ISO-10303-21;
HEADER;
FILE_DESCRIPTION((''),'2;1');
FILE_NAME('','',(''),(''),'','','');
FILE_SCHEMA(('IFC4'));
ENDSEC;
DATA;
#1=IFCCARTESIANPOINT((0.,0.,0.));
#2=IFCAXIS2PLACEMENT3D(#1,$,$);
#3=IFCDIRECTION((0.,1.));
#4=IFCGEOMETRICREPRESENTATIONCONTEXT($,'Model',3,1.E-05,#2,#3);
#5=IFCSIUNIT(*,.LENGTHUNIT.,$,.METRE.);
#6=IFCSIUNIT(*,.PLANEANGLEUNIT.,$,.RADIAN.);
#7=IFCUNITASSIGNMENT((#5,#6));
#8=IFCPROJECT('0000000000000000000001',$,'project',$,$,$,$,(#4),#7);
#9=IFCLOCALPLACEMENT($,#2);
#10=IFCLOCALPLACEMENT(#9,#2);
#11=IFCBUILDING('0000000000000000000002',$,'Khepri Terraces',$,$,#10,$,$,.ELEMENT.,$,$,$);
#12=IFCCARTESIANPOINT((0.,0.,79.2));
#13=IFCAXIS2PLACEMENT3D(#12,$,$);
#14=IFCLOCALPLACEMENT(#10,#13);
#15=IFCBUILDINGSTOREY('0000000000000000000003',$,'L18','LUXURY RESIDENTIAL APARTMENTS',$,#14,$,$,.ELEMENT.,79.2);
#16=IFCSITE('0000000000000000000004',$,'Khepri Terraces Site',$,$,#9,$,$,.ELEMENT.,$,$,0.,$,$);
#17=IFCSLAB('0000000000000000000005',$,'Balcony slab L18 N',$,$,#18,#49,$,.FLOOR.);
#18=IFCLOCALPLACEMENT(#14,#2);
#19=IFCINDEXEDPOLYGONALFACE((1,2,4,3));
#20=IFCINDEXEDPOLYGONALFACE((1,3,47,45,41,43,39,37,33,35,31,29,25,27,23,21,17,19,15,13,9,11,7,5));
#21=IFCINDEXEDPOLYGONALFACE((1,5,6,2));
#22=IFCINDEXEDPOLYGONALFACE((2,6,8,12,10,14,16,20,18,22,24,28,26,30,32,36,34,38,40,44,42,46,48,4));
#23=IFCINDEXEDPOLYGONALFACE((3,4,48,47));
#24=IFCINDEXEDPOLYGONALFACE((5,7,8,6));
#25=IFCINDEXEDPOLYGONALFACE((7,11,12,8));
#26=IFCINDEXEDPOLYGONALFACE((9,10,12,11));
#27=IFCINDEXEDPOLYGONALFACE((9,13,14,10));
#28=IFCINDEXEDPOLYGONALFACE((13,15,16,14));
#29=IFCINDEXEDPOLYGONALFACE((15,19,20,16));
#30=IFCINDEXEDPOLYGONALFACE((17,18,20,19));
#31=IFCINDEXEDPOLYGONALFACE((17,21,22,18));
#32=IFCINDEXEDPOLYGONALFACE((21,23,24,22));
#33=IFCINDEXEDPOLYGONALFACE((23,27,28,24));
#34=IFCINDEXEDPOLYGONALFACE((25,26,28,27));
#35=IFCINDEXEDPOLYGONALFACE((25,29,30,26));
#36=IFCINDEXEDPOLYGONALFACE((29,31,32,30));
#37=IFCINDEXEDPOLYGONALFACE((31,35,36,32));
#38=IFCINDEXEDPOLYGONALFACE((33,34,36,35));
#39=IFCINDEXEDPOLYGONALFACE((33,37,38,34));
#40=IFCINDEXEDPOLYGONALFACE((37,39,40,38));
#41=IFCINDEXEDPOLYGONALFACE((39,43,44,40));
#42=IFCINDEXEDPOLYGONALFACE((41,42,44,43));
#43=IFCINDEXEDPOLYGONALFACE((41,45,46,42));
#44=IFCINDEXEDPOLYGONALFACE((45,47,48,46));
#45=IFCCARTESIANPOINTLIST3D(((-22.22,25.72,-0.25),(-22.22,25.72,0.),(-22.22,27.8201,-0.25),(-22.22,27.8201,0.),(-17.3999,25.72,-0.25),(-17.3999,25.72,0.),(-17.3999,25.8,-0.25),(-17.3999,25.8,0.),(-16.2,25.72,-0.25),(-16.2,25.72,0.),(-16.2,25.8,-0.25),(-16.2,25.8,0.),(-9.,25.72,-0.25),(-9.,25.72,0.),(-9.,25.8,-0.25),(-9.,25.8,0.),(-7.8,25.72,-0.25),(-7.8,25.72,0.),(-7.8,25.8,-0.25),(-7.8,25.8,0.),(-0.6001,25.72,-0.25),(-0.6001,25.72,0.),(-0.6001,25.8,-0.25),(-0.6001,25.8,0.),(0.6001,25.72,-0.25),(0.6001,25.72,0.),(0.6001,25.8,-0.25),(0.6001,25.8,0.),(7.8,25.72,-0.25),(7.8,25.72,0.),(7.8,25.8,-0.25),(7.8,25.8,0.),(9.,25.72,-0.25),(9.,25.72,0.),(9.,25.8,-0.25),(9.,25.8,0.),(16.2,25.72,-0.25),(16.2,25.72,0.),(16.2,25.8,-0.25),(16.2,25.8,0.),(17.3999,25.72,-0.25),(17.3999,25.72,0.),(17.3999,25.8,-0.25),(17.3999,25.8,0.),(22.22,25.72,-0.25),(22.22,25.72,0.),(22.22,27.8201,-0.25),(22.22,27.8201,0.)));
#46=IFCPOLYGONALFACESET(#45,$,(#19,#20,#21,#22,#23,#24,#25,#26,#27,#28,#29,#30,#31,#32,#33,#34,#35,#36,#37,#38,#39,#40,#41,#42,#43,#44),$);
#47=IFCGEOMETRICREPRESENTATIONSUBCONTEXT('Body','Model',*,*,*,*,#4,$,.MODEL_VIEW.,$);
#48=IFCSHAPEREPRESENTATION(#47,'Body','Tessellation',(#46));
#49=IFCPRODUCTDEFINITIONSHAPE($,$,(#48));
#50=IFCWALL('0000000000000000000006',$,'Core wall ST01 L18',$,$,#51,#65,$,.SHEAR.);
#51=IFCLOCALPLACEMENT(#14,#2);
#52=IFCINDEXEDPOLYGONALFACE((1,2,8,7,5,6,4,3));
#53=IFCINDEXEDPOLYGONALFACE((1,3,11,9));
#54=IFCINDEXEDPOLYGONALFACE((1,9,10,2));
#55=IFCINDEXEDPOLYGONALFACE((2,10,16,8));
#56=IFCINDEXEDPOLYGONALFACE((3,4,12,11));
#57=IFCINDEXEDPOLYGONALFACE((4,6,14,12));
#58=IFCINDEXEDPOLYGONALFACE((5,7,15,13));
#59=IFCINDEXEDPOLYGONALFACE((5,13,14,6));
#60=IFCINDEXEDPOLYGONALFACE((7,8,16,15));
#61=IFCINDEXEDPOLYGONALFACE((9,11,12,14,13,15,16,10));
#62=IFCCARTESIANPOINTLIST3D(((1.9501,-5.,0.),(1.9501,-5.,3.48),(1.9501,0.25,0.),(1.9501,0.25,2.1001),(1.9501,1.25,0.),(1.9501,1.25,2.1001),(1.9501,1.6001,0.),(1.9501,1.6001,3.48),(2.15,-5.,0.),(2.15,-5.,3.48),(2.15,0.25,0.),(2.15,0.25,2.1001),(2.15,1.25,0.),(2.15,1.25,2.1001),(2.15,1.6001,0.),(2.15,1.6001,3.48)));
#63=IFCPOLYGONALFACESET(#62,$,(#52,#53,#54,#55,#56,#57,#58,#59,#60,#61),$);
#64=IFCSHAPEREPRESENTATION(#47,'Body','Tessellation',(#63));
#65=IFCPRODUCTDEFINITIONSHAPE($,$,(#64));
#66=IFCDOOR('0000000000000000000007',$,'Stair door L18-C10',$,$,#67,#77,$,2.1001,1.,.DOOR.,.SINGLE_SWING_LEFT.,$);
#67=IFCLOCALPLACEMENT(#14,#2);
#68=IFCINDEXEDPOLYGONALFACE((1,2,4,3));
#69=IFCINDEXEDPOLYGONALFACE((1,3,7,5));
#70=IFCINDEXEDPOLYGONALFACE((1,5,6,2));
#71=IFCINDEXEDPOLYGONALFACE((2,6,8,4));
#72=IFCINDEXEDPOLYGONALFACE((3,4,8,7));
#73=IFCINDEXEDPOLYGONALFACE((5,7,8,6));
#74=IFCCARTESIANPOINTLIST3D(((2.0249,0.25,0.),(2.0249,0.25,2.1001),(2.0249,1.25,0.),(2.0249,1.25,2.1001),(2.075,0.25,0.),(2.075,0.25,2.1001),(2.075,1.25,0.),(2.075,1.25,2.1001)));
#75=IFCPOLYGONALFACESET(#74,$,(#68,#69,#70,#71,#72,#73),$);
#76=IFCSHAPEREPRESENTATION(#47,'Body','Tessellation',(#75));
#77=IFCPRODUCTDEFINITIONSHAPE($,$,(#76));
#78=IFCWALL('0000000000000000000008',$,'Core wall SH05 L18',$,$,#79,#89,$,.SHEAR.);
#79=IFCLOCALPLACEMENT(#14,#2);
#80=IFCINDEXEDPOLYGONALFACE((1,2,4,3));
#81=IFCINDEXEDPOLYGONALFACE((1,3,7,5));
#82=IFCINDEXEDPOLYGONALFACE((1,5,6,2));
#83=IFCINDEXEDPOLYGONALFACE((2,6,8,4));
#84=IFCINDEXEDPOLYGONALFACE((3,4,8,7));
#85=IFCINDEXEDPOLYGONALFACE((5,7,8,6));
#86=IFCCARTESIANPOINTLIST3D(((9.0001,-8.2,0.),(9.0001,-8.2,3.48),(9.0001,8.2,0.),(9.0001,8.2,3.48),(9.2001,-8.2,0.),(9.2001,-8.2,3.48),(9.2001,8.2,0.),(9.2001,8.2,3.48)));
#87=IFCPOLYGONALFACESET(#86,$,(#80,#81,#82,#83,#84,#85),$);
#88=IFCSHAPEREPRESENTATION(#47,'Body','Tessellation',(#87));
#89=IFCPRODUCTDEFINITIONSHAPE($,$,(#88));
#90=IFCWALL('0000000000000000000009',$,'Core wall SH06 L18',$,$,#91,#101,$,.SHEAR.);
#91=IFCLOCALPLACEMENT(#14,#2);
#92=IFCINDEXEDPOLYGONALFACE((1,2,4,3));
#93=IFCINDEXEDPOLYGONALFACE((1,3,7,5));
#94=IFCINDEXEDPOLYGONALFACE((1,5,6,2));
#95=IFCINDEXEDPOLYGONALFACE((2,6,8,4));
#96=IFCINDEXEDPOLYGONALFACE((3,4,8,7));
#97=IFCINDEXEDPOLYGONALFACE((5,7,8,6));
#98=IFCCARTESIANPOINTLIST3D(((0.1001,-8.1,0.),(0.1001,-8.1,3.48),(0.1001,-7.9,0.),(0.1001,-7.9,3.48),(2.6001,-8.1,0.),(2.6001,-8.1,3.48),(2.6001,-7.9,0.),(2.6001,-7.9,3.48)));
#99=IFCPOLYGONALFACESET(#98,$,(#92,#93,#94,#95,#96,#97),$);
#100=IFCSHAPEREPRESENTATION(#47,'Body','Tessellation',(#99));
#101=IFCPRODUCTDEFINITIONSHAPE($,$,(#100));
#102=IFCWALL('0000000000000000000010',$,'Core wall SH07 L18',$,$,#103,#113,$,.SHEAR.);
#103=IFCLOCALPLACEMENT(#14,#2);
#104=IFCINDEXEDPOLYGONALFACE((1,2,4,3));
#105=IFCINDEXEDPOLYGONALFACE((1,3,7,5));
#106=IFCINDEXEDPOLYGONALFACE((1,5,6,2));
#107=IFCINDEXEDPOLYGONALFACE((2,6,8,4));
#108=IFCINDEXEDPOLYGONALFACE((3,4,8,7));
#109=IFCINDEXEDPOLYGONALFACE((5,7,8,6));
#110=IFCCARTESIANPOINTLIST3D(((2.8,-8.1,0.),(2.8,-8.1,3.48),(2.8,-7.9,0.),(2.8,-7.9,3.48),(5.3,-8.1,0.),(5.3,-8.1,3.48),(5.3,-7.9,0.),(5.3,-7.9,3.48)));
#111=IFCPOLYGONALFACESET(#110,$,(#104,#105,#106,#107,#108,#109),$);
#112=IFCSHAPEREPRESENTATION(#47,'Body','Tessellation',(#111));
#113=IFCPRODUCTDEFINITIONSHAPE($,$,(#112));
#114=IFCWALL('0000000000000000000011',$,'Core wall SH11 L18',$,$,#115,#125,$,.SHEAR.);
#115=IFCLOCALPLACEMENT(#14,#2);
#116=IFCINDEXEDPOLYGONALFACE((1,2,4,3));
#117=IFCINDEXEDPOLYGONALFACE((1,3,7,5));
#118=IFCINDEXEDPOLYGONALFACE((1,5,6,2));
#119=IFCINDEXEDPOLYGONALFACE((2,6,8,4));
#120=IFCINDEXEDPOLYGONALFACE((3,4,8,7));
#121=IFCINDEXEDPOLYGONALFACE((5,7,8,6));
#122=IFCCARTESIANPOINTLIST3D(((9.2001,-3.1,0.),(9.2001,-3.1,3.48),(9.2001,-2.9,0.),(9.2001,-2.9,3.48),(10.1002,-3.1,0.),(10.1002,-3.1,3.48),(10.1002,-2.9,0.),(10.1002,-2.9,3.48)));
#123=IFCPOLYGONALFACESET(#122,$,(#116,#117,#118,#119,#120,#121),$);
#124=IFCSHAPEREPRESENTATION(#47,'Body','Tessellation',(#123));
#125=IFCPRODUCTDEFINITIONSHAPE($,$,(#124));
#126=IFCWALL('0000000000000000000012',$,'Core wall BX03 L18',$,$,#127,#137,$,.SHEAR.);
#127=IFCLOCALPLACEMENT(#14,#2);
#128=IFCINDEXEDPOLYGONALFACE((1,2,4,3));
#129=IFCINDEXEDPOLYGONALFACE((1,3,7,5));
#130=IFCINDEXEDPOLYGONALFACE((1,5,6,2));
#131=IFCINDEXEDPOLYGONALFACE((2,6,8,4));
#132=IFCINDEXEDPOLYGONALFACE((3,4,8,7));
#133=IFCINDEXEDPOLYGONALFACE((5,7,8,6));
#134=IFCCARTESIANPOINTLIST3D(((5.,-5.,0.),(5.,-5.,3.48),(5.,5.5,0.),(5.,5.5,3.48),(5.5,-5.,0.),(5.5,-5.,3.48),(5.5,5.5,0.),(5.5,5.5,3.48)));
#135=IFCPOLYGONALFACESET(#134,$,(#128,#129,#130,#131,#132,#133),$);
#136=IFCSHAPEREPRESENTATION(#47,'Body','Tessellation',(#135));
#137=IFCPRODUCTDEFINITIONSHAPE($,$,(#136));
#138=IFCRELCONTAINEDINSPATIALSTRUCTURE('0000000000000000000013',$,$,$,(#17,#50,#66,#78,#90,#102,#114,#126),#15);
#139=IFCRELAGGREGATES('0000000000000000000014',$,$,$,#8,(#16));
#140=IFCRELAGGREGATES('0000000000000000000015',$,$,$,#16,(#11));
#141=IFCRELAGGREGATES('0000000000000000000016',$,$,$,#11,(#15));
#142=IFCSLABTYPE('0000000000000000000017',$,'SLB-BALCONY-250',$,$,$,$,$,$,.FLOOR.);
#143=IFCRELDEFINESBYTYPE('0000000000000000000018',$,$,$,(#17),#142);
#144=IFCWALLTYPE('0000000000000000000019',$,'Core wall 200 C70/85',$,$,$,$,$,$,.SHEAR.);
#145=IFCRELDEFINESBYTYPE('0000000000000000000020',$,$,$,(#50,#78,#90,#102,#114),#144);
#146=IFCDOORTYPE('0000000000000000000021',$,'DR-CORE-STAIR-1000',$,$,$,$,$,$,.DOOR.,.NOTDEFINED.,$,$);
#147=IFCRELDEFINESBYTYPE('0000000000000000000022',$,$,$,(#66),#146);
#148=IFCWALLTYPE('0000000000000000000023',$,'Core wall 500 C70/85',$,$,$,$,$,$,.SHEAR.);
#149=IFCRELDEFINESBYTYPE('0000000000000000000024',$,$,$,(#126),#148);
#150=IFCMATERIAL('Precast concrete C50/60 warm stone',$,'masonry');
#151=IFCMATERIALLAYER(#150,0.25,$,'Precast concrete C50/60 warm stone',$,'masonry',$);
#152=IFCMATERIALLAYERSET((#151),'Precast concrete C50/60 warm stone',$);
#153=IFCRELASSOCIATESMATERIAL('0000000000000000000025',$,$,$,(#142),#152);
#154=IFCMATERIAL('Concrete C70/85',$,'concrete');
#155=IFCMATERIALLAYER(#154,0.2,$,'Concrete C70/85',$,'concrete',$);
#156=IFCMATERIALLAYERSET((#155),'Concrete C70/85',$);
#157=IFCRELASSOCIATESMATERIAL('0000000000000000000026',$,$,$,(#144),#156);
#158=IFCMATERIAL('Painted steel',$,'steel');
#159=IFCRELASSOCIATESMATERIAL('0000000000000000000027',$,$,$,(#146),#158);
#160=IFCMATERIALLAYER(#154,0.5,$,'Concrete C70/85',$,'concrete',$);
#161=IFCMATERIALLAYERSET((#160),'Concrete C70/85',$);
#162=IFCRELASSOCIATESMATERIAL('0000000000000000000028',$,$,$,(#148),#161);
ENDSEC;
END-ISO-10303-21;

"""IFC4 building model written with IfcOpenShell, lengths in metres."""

from ifc_helpers import new_model, si_unit, direction, frame, frame_2d, origin, place, context, subcontext, project, spatial, polyline, rectangle, outline, extrude, material, layer, layer_set, type_object, element, fill, save


model = new_model("IFC4")

# Units and contexts
model_context = context("Model", 3, precision=1e-05, world=origin(), true_north=direction((0.0, 1.0)))
body_context = subcontext(model_context, "Body", "Model", "MODEL_VIEW")
ifc_project = project(units=[si_unit("LENGTHUNIT", "METRE"), si_unit("PLANEANGLEUNIT", "RADIAN")], contexts=[model_context])

# Site, building, storey
site_placement = place(None, origin())
site = spatial("IfcSite", under=ifc_project, at=site_placement, Name="Khepri Terraces Site", CompositionType="ELEMENT", RefElevation=0.0)
building_placement = place(site_placement, origin())
building = spatial("IfcBuilding", under=site, at=building_placement, Name="Khepri Terraces", CompositionType="ELEMENT")
storey_placement = place(building_placement, frame((0.0, 0.0, 79.2)))
storey = spatial("IfcBuildingStorey", under=building, at=storey_placement, Name="L18", Description="LUXURY RESIDENTIAL APARTMENTS", CompositionType="ELEMENT", Elevation=79.2)

# Slab
ifc_material_1 = material(Name="Precast concrete C50/60 warm stone", Category="masonry")
ifc_layer_1 = layer(ifc_material_1, 0.25, Name="Precast concrete C50/60 warm stone", Category="masonry")
ifc_layer_set_1 = layer_set([ifc_layer_1], Name="Precast concrete C50/60 warm stone")
slab_type_1 = type_object("IfcSlabType", Name="SLB-BALCONY-250", PredefinedType="FLOOR", material=ifc_layer_set_1)
slab_1_placement = place(storey_placement, frame((0.0, 0.0, -0.25)))
element("IfcSlab", 1, at=slab_1_placement, inside=storey, type_object=slab_type_1, Name="Balcony slab L18 N", PredefinedType="FLOOR", context=body_context, shape_type="SweptSolid", body=[
    extrude(outline(polyline([(17.3999, 25.72), (22.22, 25.72), (22.22, 27.8201), (-22.22, 27.8201), (-22.22, 25.72), (-17.3999, 25.72), (-17.3999, 25.8), (-16.2, 25.8), (-16.2, 25.72), (-9.0, 25.72), (-9.0, 25.8), (-7.8, 25.8), (-7.8, 25.72), (-0.6001, 25.72), (-0.6001, 25.8), (0.6001, 25.8), (0.6001, 25.72), (7.8, 25.72), (7.8, 25.8), (9.0, 25.8), (9.0, 25.72), (16.2, 25.72), (16.2, 25.8), (17.3999, 25.8), (17.3999, 25.72)])), origin(), (0.0, 0.0, 1.0), 0.25),
])

# Wall, opening, door
ifc_material_2 = material(Name="Concrete C70/85", Category="concrete")
ifc_layer_2 = layer(ifc_material_2, 0.2, Name="Concrete C70/85", Category="concrete")
ifc_layer_set_2 = layer_set([ifc_layer_2], Name="Concrete C70/85")
wall_type_1 = type_object("IfcWallType", Name="Core wall 200 C70/85", PredefinedType="SHEAR", material=ifc_layer_set_2)
wall_1_placement = place(storey_placement, frame((2.05, -5.0, 0.0), z_axis=(0.0, 0.0, 1.0), x_axis=(0.0, 1.0, 0.0)))
wall_1 = element("IfcWall", 2, at=wall_1_placement, inside=storey, type_object=wall_type_1, Name="Core wall ST01 L18", PredefinedType="SHEAR", context=body_context, shape_type="SweptSolid", body=[
    extrude(rectangle(XDim=6.6001, YDim=0.2, at=frame_2d((3.3, 0.0))), origin(), (0.0, 0.0, 1.0), 3.48),
])
opening_1_placement = place(wall_1_placement, frame((5.25, 0.0, 0.0)))
opening_1 = element("IfcOpeningElement", 3, at=opening_1_placement, cuts=wall_1, PredefinedType="OPENING", context=body_context, shape_type="SweptSolid", body=[
    extrude(rectangle(XDim=1.0, YDim=2.1001, at=frame_2d((0.5, 1.05))), frame((0.0, 0.1099, 0.0), z_axis=(0.0, -1.0, 0.0), x_axis=(1.0, 0.0, 0.0)), (0.0, 0.0, 1.0), 0.22),
])
ifc_material_3 = material(Name="Painted steel", Category="steel")
door_type_1 = type_object("IfcDoorType", Name="DR-CORE-STAIR-1000", OperationType="NOTDEFINED", PredefinedType="DOOR", material=ifc_material_3)
door_1_placement = place(opening_1_placement, frame((1.0, 0.0, 0.0), z_axis=(0.0, 0.0, 1.0), x_axis=(-1.0, 0.0, 0.0)))
door_1 = element("IfcDoor", 4, at=door_1_placement, inside=storey, type_object=door_type_1, Name="Stair door L18-C10", OperationType="SINGLE_SWING_LEFT", OverallHeight=2.1001, OverallWidth=1.0, PredefinedType="DOOR", context=body_context, shape_type="SweptSolid", body=[
    extrude(rectangle(XDim=1.0, YDim=2.1001, at=frame_2d((0.5, 1.05))), frame((0.0, 0.0249, 0.0), z_axis=(0.0, -1.0, 0.0), x_axis=(1.0, 0.0, 0.0)), (0.0, 0.0, 1.0), 0.05),
])
fill(opening_1, door_1)

# Walls
wall_2_placement = place(storey_placement, frame((9.1001, -8.2, 0.0), z_axis=(0.0, 0.0, 1.0), x_axis=(0.0, 1.0, 0.0)))
element("IfcWall", 5, at=wall_2_placement, inside=storey, type_object=wall_type_1, Name="Core wall SH05 L18", PredefinedType="SHEAR", context=body_context, shape_type="SweptSolid", body=[
    extrude(rectangle(XDim=16.3999, YDim=0.2, at=frame_2d((8.2, 0.0))), origin(), (0.0, 0.0, 1.0), 3.48),
])
for number, where, z_axis, x_axis, name in (
    (6, (0.1001, -8.0, 0.0), (0.0, 0.0, 1.0), (1.0, 0.0, 0.0), "Core wall SH06 L18"),
    (7, (2.8, -8.0, 0.0), (0.0, 0.0, 1.0), (1.0, 0.0, 0.0), "Core wall SH07 L18"),
):
    element("IfcWall", number, at=place(storey_placement, frame(where, z_axis=z_axis, x_axis=x_axis)), inside=storey, type_object=wall_type_1, Name=name, PredefinedType="SHEAR", context=body_context, shape_type="SweptSolid", body=[
        extrude(rectangle(XDim=2.5, YDim=0.2, at=frame_2d((1.25, 0.0))), origin(), (0.0, 0.0, 1.0), 3.48),
    ])
wall_3_placement = place(storey_placement, frame((9.2, -3.0, 0.0), z_axis=(0.0, 0.0, 1.0), x_axis=(1.0, 0.0, 0.0)))
element("IfcWall", 8, at=wall_3_placement, inside=storey, type_object=wall_type_1, Name="Core wall SH11 L18", PredefinedType="SHEAR", context=body_context, shape_type="SweptSolid", body=[
    extrude(rectangle(XDim=0.9001, YDim=0.2, at=frame_2d((0.4502, 0.0))), origin(), (0.0, 0.0, 1.0), 3.48),
])
ifc_layer_3 = layer(ifc_material_2, 0.5, Name="Concrete C70/85", Category="concrete")
ifc_layer_set_3 = layer_set([ifc_layer_3], Name="Concrete C70/85")
wall_type_2 = type_object("IfcWallType", Name="Core wall 500 C70/85", PredefinedType="SHEAR", material=ifc_layer_set_3)
wall_4_placement = place(storey_placement, frame((5.25, -5.0, 0.0), z_axis=(0.0, 0.0, 1.0), x_axis=(0.0, 1.0, 0.0)))
element("IfcWall", 9, at=wall_4_placement, inside=storey, type_object=wall_type_2, Name="Core wall BX03 L18", PredefinedType="SHEAR", context=body_context, shape_type="SweptSolid", body=[
    extrude(rectangle(XDim=10.5, YDim=0.5, at=frame_2d((5.25, 0.0))), origin(), (0.0, 0.0, 1.0), 3.48),
])

save(model, "model.ifc")
